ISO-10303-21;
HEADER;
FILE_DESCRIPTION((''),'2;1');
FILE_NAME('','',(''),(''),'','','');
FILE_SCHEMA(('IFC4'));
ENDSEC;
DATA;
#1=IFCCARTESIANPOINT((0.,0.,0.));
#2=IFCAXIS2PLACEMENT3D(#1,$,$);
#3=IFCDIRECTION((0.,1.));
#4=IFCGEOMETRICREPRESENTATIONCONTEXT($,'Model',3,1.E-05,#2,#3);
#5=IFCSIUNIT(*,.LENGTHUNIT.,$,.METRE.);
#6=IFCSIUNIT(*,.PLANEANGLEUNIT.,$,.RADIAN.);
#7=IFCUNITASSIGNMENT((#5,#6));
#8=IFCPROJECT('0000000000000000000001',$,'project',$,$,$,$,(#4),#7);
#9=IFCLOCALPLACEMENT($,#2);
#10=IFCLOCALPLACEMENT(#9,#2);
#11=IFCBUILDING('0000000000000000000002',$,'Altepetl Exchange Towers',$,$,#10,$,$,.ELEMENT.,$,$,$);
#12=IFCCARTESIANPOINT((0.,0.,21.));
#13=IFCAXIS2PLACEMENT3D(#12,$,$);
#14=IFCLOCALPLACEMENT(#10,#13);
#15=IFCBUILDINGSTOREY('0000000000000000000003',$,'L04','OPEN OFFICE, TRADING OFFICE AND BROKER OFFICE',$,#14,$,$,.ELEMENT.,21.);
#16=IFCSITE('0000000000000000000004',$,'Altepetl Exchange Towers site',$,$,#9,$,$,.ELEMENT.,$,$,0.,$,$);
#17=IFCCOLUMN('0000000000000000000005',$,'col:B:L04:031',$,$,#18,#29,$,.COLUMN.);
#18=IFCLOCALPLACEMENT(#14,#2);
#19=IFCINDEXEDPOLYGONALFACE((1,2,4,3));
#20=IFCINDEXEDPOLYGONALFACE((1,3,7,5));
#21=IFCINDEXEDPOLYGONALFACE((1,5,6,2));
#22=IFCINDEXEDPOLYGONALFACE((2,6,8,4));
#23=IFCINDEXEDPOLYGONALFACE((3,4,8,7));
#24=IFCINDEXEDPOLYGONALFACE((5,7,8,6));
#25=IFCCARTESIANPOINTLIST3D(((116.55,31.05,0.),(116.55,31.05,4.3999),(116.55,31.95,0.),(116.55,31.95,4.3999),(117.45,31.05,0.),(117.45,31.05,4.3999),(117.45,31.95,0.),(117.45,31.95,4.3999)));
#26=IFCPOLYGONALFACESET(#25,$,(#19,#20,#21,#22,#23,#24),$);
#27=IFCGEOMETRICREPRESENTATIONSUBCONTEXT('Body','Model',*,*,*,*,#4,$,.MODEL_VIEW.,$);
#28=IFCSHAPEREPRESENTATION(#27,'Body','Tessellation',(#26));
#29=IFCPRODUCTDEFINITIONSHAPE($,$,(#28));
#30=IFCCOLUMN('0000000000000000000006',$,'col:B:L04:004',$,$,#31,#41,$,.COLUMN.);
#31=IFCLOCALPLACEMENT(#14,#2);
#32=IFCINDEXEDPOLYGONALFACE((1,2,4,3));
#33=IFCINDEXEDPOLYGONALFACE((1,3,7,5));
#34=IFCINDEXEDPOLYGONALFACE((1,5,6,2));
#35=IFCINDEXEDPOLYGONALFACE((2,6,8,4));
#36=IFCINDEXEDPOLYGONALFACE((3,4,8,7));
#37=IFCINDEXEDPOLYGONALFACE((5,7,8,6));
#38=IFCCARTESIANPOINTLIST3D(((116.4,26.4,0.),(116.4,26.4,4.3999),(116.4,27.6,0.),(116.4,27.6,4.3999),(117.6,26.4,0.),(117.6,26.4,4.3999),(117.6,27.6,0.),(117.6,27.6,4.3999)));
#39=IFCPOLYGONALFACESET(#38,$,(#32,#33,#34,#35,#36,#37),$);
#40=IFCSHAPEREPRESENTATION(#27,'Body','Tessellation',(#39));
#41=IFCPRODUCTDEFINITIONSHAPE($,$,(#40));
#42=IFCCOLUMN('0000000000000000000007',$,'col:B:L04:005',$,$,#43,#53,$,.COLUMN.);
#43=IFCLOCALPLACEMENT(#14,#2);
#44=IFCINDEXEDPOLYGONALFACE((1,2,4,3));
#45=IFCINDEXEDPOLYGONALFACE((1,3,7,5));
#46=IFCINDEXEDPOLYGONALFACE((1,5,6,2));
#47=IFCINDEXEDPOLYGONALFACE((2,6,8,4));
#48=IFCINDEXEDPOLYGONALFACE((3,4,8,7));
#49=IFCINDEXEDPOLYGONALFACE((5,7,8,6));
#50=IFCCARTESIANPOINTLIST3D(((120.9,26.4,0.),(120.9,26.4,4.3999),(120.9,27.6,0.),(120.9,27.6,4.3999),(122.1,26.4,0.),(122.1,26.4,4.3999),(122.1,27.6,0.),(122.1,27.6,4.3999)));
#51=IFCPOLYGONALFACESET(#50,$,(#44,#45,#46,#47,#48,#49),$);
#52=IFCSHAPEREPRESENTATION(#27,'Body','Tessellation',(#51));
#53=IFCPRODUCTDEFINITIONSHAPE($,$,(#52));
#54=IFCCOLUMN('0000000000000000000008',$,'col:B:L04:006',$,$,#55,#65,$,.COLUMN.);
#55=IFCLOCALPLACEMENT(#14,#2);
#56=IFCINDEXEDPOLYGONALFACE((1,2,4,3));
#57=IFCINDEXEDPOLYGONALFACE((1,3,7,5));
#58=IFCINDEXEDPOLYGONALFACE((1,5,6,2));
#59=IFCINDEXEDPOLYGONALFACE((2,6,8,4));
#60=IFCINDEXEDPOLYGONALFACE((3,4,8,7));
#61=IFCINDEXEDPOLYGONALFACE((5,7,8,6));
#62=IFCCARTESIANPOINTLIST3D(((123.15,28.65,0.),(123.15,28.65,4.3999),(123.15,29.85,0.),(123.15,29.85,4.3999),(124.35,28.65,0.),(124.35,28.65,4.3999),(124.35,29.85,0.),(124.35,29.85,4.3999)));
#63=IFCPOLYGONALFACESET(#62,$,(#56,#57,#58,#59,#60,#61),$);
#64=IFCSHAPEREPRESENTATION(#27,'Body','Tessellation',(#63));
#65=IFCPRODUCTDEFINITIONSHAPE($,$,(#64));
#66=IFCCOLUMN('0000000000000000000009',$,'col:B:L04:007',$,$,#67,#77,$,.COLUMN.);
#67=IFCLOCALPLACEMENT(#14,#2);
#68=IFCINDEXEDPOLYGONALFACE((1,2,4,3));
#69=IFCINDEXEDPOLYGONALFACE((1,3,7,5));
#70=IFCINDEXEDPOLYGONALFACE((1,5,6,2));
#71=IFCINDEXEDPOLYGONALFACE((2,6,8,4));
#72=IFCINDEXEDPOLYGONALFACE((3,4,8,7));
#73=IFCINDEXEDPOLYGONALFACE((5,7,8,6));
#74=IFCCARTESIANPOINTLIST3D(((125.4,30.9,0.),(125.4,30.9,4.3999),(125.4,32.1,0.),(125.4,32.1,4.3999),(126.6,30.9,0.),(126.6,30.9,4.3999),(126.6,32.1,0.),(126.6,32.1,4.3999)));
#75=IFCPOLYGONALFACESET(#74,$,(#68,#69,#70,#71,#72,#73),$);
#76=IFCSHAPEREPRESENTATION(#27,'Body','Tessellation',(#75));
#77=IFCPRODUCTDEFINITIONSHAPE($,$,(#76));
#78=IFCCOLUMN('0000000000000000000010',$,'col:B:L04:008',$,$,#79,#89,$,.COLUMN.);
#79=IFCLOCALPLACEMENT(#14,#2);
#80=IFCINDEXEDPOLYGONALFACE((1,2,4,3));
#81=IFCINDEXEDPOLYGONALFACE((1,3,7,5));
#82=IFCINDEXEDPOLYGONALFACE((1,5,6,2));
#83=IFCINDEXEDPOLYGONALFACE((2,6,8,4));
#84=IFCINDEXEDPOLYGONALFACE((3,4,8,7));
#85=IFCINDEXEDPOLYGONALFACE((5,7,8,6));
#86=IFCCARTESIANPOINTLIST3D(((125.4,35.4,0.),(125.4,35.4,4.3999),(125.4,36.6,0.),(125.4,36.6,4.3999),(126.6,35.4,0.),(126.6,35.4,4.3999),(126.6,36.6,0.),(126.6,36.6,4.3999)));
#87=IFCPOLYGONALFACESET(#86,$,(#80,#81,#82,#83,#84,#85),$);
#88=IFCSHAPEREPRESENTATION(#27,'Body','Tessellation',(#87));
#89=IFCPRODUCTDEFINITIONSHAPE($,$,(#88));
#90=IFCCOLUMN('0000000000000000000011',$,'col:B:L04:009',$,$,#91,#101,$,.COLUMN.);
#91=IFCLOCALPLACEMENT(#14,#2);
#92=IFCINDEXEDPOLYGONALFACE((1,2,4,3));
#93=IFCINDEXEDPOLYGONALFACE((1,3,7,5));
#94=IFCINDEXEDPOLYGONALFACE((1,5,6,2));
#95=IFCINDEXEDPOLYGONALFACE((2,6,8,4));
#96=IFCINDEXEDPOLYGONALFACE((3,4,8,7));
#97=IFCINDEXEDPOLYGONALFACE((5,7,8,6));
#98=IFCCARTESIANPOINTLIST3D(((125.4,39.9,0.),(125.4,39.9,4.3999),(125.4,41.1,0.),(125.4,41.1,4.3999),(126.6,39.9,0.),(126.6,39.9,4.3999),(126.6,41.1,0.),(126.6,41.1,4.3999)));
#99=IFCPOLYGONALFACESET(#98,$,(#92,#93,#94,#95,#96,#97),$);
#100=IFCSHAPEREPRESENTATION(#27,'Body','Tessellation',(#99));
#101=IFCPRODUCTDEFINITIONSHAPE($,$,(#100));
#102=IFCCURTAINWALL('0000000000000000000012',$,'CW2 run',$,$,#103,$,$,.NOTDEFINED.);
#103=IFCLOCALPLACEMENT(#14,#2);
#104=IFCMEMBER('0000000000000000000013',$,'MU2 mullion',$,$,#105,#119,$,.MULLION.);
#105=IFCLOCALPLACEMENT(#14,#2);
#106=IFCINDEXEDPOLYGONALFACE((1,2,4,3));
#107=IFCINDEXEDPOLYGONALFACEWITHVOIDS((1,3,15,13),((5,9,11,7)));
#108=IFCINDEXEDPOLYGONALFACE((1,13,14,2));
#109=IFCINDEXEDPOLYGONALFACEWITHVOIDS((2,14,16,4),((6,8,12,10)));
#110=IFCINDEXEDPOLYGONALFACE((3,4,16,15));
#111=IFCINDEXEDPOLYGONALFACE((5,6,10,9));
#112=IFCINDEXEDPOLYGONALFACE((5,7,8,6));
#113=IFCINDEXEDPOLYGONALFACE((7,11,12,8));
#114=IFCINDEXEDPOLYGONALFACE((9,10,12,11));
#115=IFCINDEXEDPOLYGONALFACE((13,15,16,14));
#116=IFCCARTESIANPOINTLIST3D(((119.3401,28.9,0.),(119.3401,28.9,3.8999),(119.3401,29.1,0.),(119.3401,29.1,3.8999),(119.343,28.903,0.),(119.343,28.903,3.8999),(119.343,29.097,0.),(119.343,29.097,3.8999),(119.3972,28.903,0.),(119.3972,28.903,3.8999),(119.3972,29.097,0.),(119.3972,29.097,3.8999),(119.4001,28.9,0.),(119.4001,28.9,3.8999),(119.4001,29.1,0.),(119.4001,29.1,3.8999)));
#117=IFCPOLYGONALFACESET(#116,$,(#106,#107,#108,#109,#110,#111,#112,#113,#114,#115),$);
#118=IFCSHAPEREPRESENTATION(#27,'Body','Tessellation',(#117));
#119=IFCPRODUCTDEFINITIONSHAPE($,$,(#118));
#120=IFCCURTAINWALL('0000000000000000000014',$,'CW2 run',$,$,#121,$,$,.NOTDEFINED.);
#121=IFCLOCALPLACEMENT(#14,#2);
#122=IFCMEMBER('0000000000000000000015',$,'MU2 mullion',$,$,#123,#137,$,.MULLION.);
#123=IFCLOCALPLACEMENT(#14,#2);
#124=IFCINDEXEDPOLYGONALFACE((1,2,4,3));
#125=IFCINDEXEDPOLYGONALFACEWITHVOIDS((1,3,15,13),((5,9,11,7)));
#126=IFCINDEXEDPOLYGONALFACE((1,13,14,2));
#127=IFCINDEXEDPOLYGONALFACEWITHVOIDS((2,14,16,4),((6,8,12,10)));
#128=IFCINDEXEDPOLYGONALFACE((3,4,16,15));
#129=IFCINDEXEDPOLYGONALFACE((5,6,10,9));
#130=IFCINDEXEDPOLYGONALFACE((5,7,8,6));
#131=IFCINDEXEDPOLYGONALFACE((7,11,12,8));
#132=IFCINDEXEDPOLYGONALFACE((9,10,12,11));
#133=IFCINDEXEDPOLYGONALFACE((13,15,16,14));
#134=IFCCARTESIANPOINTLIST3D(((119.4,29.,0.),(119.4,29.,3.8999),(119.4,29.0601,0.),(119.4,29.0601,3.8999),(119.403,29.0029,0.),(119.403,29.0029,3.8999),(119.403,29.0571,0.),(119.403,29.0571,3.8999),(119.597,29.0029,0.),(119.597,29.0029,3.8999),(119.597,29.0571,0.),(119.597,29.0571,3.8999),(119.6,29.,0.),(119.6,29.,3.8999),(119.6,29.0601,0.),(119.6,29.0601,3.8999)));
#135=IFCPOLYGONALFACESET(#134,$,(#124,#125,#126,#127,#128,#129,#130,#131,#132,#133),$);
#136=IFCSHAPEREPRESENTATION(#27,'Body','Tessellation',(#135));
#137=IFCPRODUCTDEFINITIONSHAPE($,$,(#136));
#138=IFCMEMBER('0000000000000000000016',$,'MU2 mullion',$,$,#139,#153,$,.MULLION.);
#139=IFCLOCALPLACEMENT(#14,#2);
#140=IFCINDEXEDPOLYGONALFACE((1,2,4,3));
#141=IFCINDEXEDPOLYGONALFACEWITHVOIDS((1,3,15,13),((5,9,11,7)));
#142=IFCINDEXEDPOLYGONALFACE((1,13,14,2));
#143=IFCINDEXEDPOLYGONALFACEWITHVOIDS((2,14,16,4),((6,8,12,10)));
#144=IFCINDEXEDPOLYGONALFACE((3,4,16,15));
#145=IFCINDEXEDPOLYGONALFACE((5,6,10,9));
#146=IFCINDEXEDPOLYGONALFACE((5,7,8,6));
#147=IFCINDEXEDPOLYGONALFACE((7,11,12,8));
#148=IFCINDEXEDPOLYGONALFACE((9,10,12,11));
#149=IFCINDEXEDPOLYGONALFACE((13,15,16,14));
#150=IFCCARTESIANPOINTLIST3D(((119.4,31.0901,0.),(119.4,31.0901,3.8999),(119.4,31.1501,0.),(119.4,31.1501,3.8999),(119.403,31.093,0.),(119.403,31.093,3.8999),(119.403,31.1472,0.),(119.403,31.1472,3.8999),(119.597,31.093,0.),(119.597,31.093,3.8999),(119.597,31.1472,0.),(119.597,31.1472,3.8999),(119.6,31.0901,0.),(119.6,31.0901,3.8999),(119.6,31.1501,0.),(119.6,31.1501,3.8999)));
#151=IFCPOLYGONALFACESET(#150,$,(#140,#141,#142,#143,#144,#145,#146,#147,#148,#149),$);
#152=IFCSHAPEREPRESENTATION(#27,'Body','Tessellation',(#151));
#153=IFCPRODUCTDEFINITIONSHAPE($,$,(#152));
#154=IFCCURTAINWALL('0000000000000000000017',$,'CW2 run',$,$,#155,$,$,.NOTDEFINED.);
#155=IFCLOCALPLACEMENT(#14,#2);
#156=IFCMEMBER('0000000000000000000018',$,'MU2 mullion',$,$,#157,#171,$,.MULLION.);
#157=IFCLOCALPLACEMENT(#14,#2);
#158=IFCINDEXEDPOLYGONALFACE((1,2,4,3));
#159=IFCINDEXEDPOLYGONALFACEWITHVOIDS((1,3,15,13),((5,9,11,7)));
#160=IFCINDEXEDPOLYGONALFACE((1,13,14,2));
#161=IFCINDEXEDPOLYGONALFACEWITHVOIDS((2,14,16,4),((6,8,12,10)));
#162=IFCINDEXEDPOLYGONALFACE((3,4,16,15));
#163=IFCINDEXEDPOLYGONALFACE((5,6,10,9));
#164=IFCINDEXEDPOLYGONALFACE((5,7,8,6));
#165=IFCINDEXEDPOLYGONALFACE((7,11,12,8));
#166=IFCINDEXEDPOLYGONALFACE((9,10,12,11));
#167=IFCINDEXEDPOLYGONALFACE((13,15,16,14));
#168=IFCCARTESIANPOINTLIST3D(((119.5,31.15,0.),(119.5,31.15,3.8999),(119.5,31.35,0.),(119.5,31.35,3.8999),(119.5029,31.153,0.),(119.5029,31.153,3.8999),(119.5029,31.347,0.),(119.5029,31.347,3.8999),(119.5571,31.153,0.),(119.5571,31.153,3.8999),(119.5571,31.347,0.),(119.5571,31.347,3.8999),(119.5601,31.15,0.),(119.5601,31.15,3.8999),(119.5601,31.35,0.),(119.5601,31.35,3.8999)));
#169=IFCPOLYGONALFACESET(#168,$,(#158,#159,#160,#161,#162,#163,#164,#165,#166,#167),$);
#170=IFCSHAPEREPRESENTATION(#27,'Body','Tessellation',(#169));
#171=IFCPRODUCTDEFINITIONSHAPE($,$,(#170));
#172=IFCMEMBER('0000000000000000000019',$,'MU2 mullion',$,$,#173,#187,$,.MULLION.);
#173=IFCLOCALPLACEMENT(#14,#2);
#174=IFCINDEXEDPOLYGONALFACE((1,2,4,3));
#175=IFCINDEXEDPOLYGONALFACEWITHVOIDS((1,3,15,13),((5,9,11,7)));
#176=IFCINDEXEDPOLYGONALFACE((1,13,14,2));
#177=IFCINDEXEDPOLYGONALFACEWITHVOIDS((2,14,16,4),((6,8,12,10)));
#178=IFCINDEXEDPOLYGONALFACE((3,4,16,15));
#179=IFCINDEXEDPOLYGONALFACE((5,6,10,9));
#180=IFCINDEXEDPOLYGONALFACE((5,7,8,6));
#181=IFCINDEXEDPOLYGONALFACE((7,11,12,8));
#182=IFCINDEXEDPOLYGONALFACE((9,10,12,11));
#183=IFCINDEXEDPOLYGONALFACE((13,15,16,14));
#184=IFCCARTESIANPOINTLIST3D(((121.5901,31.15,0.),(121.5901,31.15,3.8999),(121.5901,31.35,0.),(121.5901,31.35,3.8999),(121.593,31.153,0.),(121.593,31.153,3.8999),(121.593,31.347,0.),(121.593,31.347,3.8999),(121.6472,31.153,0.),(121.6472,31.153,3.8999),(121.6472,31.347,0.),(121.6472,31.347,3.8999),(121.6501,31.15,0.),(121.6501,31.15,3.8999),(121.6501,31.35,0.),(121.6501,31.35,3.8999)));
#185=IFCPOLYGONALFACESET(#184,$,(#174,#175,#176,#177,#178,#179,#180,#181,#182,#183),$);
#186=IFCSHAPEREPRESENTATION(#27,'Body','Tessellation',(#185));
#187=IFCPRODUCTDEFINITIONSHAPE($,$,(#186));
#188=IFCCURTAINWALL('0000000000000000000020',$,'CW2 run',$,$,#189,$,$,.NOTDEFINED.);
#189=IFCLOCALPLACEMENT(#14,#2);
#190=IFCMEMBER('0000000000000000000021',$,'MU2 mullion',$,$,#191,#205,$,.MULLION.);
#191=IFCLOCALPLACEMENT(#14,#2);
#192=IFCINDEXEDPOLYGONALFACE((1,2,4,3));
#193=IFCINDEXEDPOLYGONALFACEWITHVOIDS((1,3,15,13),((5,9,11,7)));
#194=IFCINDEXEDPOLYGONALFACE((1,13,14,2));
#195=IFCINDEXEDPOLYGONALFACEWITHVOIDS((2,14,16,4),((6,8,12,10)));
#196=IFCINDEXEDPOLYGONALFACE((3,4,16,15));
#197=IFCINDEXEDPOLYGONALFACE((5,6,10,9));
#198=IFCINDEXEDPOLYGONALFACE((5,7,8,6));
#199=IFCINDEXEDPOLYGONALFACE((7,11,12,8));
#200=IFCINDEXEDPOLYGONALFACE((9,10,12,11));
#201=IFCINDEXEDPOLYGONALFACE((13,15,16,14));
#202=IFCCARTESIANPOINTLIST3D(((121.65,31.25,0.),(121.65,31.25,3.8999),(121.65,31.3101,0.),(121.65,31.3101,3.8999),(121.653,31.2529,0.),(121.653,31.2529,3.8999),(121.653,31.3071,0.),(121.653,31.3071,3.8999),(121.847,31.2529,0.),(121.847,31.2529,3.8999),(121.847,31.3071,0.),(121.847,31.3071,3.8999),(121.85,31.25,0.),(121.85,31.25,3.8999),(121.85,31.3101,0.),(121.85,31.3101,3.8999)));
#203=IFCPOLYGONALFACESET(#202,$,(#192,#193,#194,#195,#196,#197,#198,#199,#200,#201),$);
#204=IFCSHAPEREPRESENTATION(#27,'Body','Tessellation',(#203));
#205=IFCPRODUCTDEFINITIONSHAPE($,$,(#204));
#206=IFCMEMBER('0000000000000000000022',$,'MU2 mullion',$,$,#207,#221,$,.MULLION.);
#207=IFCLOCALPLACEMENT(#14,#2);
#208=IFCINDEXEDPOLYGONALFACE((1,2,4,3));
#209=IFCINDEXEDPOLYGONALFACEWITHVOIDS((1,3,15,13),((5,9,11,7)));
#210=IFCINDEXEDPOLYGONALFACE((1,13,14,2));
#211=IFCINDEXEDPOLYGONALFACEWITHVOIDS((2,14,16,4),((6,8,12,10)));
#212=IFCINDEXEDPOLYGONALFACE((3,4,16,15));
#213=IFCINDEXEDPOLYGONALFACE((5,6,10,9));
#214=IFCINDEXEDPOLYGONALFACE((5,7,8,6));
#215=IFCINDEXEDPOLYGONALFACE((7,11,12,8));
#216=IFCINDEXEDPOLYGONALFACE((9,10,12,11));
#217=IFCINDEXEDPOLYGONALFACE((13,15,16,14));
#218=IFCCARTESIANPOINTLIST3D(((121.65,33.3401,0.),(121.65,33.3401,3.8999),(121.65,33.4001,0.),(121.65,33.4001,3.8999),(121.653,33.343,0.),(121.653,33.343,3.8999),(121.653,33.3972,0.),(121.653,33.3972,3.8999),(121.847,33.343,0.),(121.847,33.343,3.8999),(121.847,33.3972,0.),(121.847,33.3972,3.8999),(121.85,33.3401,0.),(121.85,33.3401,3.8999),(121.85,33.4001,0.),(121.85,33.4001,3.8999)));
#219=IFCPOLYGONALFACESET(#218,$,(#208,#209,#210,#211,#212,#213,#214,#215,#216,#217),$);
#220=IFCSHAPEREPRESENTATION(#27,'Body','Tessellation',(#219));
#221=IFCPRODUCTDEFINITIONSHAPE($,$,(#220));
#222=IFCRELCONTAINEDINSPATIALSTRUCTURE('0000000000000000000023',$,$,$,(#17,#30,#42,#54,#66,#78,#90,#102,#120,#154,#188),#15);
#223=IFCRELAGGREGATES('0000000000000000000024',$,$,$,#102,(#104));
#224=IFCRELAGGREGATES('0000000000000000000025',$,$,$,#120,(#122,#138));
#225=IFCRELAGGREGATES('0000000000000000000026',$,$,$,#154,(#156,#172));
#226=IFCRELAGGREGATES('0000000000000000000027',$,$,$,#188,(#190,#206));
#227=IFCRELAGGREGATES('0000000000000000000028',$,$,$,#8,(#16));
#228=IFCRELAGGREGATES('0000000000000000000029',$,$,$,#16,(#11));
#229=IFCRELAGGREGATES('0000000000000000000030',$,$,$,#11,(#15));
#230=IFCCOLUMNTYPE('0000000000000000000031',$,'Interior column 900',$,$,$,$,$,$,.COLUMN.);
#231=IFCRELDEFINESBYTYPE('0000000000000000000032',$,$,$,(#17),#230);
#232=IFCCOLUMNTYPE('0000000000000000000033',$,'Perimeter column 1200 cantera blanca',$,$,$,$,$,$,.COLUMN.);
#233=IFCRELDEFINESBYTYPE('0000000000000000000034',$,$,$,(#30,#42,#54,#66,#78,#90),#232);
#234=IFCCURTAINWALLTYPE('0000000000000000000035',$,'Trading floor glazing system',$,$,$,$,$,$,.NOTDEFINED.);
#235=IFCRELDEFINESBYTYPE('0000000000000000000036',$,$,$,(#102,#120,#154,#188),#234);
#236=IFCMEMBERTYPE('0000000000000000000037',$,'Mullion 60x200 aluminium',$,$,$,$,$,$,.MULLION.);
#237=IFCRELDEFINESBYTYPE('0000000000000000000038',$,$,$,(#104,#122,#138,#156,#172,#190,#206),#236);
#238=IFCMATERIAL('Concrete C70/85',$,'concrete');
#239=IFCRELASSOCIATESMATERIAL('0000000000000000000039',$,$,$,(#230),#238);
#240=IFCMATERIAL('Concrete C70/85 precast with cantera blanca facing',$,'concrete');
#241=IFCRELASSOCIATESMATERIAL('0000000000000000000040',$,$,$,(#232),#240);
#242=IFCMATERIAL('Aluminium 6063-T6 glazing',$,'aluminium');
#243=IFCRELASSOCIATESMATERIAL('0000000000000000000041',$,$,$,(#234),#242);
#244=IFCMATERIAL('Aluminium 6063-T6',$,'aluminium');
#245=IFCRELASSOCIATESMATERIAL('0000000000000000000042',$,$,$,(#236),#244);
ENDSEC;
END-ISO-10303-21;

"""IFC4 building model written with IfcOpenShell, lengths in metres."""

from ifc_helpers import new_model, si_unit, direction, frame, origin, origin_2d, place, context, subcontext, project, spatial, rectangle, hollow_rectangle, extrude, material, material_profile, profile_set, type_object, element, aggregate, save


model = new_model("IFC4")

# Units and contexts
model_context = context("Model", 3, precision=1e-05, world=origin(), true_north=direction((0.0, 1.0)))
body_context = subcontext(model_context, "Body", "Model", "MODEL_VIEW")
ifc_project = project(units=[si_unit("LENGTHUNIT", "METRE"), si_unit("PLANEANGLEUNIT", "RADIAN")], contexts=[model_context])

# Site, building, storey
site_placement = place(None, origin())
site = spatial("IfcSite", under=ifc_project, at=site_placement, Name="Altepetl Exchange Towers site", CompositionType="ELEMENT", RefElevation=0.0)
building_placement = place(site_placement, origin())
building = spatial("IfcBuilding", under=site, at=building_placement, Name="Altepetl Exchange Towers", CompositionType="ELEMENT")
storey_placement = place(building_placement, frame((0.0, 0.0, 21.0)))
storey = spatial("IfcBuildingStorey", under=building, at=storey_placement, Name="L04", Description="OPEN OFFICE, TRADING OFFICE AND BROKER OFFICE", CompositionType="ELEMENT", Elevation=21.0)

# Columns
ifc_material_1 = material(Name="Concrete C70/85", Category="concrete")
ifc_material_profile_1 = material_profile(ifc_material_1, rectangle(XDim=0.8999, YDim=0.8999, at=origin_2d()), Name="900 x 900")
ifc_profile_set_1 = profile_set([ifc_material_profile_1], Name="Concrete C70/85")
column_type_1 = type_object("IfcColumnType", Name="Interior column 900", PredefinedType="COLUMN", material=ifc_profile_set_1)
column_placement = place(storey_placement, frame((117.0, 31.5, 0.0)))
element("IfcColumn", 1, at=column_placement, inside=storey, type_object=column_type_1, Name="col:B:L04:031", PredefinedType="COLUMN", context=body_context, shape_type="SweptSolid", body=[
    extrude(rectangle(XDim=0.8999, YDim=0.8999, at=origin_2d()), origin(), (0.0, 0.0, 1.0), 4.3999),
])
ifc_material_2 = material(Name="Concrete C70/85 precast with cantera blanca facing", Category="concrete")
ifc_material_profile_2 = material_profile(ifc_material_2, rectangle(XDim=1.2, YDim=1.2, at=origin_2d()), Name="1200 x 1200")
ifc_profile_set_2 = profile_set([ifc_material_profile_2], Name="Concrete C70/85 precast with cantera blanca facing")
column_type_2 = type_object("IfcColumnType", Name="Perimeter column 1200 cantera blanca", PredefinedType="COLUMN", material=ifc_profile_set_2)
for number, where, name in (
    (2, (117.0, 27.0, 0.0), "col:B:L04:004"),
    (3, (121.5, 27.0, 0.0), "col:B:L04:005"),
    (4, (123.75, 29.25, 0.0), "col:B:L04:006"),
    (5, (126.0, 31.5, 0.0), "col:B:L04:007"),
    (6, (126.0, 36.0, 0.0), "col:B:L04:008"),
    (7, (126.0, 40.5, 0.0), "col:B:L04:009"),
):
    element("IfcColumn", number, at=place(storey_placement, frame(where)), inside=storey, type_object=column_type_2, Name=name, PredefinedType="COLUMN", context=body_context, shape_type="SweptSolid", body=[
        extrude(rectangle(XDim=1.2, YDim=1.2, at=origin_2d()), origin(), (0.0, 0.0, 1.0), 4.3999),
    ])

# Curtain wall, member
ifc_material_3 = material(Name="Aluminium 6063-T6 glazing", Category="aluminium")
curtain_wall_type = type_object("IfcCurtainWallType", Name="Trading floor glazing system", PredefinedType="NOTDEFINED", material=ifc_material_3)
curtain_wall_1_placement = place(storey_placement, origin())
curtain_wall_1 = element("IfcCurtainWall", 8, at=curtain_wall_1_placement, inside=storey, type_object=curtain_wall_type, Name="CW2 run", PredefinedType="NOTDEFINED")
ifc_material_4 = material(Name="Aluminium 6063-T6", Category="aluminium")
ifc_material_profile_3 = material_profile(ifc_material_4, hollow_rectangle(XDim=0.0601, YDim=0.2, WallThickness=0.0029, at=origin_2d()), Name="Mullion 60x200 aluminium")
ifc_profile_set_3 = profile_set([ifc_material_profile_3], Name="Aluminium 6063-T6")
member_type = type_object("IfcMemberType", Name="Mullion 60x200 aluminium", PredefinedType="MULLION", material=ifc_profile_set_3)
member_1_placement = place(storey_placement, frame((119.3701, 29.0, 0.0)))
member_1 = element("IfcMember", 9, at=member_1_placement, type_object=member_type, Name="MU2 mullion", PredefinedType="MULLION", context=body_context, shape_type="SweptSolid", body=[
    extrude(hollow_rectangle(XDim=0.0601, YDim=0.2, WallThickness=0.0029, at=origin_2d()), origin(), (0.0, 0.0, 1.0), 3.8999),
])

# Curtain walls, members
curtain_wall_2_placement = place(storey_placement, origin())
curtain_wall_2 = element("IfcCurtainWall", 10, at=curtain_wall_2_placement, inside=storey, type_object=curtain_wall_type, Name="CW2 run", PredefinedType="NOTDEFINED")
member_2_placement = place(storey_placement, frame((119.5, 29.03, 0.0), z_axis=(0.0, 0.0, 1.0), x_axis=(0.0, 1.0, 0.0)))
member_2 = element("IfcMember", 11, at=member_2_placement, type_object=member_type, Name="MU2 mullion", PredefinedType="MULLION", context=body_context, shape_type="SweptSolid", body=[
    extrude(hollow_rectangle(XDim=0.0601, YDim=0.2, WallThickness=0.0029, at=origin_2d()), origin(), (0.0, 0.0, 1.0), 3.8999),
])
member_3_placement = place(storey_placement, frame((119.5, 31.1201, 0.0), z_axis=(0.0, 0.0, 1.0), x_axis=(0.0, 1.0, 0.0)))
member_3 = element("IfcMember", 12, at=member_3_placement, type_object=member_type, Name="MU2 mullion", PredefinedType="MULLION", context=body_context, shape_type="SweptSolid", body=[
    extrude(hollow_rectangle(XDim=0.0601, YDim=0.2, WallThickness=0.0029, at=origin_2d()), origin(), (0.0, 0.0, 1.0), 3.8999),
])
curtain_wall_3_placement = place(storey_placement, origin())
curtain_wall_3 = element("IfcCurtainWall", 13, at=curtain_wall_3_placement, inside=storey, type_object=curtain_wall_type, Name="CW2 run", PredefinedType="NOTDEFINED")
member_4_placement = place(storey_placement, frame((119.53, 31.25, 0.0)))
member_4 = element("IfcMember", 14, at=member_4_placement, type_object=member_type, Name="MU2 mullion", PredefinedType="MULLION", context=body_context, shape_type="SweptSolid", body=[
    extrude(hollow_rectangle(XDim=0.0601, YDim=0.2, WallThickness=0.0029, at=origin_2d()), origin(), (0.0, 0.0, 1.0), 3.8999),
])
member_5_placement = place(storey_placement, frame((121.6201, 31.25, 0.0)))
member_5 = element("IfcMember", 15, at=member_5_placement, type_object=member_type, Name="MU2 mullion", PredefinedType="MULLION", context=body_context, shape_type="SweptSolid", body=[
    extrude(hollow_rectangle(XDim=0.0601, YDim=0.2, WallThickness=0.0029, at=origin_2d()), origin(), (0.0, 0.0, 1.0), 3.8999),
])
curtain_wall_4_placement = place(storey_placement, origin())
curtain_wall_4 = element("IfcCurtainWall", 16, at=curtain_wall_4_placement, inside=storey, type_object=curtain_wall_type, Name="CW2 run", PredefinedType="NOTDEFINED")
member_6_placement = place(storey_placement, frame((121.75, 31.28, 0.0), z_axis=(0.0, 0.0, 1.0), x_axis=(0.0, 1.0, 0.0)))
member_6 = element("IfcMember", 17, at=member_6_placement, type_object=member_type, Name="MU2 mullion", PredefinedType="MULLION", context=body_context, shape_type="SweptSolid", body=[
    extrude(hollow_rectangle(XDim=0.0601, YDim=0.2, WallThickness=0.0029, at=origin_2d()), origin(), (0.0, 0.0, 1.0), 3.8999),
])
member_7_placement = place(storey_placement, frame((121.75, 33.3701, 0.0), z_axis=(0.0, 0.0, 1.0), x_axis=(0.0, 1.0, 0.0)))
member_7 = element("IfcMember", 18, at=member_7_placement, type_object=member_type, Name="MU2 mullion", PredefinedType="MULLION", context=body_context, shape_type="SweptSolid", body=[
    extrude(hollow_rectangle(XDim=0.0601, YDim=0.2, WallThickness=0.0029, at=origin_2d()), origin(), (0.0, 0.0, 1.0), 3.8999),
])

aggregate(curtain_wall_1, [member_1])
aggregate(curtain_wall_2, [member_2, member_3])
aggregate(curtain_wall_3, [member_4, member_5])
aggregate(curtain_wall_4, [member_6, member_7])

save(model, "model.ifc")
